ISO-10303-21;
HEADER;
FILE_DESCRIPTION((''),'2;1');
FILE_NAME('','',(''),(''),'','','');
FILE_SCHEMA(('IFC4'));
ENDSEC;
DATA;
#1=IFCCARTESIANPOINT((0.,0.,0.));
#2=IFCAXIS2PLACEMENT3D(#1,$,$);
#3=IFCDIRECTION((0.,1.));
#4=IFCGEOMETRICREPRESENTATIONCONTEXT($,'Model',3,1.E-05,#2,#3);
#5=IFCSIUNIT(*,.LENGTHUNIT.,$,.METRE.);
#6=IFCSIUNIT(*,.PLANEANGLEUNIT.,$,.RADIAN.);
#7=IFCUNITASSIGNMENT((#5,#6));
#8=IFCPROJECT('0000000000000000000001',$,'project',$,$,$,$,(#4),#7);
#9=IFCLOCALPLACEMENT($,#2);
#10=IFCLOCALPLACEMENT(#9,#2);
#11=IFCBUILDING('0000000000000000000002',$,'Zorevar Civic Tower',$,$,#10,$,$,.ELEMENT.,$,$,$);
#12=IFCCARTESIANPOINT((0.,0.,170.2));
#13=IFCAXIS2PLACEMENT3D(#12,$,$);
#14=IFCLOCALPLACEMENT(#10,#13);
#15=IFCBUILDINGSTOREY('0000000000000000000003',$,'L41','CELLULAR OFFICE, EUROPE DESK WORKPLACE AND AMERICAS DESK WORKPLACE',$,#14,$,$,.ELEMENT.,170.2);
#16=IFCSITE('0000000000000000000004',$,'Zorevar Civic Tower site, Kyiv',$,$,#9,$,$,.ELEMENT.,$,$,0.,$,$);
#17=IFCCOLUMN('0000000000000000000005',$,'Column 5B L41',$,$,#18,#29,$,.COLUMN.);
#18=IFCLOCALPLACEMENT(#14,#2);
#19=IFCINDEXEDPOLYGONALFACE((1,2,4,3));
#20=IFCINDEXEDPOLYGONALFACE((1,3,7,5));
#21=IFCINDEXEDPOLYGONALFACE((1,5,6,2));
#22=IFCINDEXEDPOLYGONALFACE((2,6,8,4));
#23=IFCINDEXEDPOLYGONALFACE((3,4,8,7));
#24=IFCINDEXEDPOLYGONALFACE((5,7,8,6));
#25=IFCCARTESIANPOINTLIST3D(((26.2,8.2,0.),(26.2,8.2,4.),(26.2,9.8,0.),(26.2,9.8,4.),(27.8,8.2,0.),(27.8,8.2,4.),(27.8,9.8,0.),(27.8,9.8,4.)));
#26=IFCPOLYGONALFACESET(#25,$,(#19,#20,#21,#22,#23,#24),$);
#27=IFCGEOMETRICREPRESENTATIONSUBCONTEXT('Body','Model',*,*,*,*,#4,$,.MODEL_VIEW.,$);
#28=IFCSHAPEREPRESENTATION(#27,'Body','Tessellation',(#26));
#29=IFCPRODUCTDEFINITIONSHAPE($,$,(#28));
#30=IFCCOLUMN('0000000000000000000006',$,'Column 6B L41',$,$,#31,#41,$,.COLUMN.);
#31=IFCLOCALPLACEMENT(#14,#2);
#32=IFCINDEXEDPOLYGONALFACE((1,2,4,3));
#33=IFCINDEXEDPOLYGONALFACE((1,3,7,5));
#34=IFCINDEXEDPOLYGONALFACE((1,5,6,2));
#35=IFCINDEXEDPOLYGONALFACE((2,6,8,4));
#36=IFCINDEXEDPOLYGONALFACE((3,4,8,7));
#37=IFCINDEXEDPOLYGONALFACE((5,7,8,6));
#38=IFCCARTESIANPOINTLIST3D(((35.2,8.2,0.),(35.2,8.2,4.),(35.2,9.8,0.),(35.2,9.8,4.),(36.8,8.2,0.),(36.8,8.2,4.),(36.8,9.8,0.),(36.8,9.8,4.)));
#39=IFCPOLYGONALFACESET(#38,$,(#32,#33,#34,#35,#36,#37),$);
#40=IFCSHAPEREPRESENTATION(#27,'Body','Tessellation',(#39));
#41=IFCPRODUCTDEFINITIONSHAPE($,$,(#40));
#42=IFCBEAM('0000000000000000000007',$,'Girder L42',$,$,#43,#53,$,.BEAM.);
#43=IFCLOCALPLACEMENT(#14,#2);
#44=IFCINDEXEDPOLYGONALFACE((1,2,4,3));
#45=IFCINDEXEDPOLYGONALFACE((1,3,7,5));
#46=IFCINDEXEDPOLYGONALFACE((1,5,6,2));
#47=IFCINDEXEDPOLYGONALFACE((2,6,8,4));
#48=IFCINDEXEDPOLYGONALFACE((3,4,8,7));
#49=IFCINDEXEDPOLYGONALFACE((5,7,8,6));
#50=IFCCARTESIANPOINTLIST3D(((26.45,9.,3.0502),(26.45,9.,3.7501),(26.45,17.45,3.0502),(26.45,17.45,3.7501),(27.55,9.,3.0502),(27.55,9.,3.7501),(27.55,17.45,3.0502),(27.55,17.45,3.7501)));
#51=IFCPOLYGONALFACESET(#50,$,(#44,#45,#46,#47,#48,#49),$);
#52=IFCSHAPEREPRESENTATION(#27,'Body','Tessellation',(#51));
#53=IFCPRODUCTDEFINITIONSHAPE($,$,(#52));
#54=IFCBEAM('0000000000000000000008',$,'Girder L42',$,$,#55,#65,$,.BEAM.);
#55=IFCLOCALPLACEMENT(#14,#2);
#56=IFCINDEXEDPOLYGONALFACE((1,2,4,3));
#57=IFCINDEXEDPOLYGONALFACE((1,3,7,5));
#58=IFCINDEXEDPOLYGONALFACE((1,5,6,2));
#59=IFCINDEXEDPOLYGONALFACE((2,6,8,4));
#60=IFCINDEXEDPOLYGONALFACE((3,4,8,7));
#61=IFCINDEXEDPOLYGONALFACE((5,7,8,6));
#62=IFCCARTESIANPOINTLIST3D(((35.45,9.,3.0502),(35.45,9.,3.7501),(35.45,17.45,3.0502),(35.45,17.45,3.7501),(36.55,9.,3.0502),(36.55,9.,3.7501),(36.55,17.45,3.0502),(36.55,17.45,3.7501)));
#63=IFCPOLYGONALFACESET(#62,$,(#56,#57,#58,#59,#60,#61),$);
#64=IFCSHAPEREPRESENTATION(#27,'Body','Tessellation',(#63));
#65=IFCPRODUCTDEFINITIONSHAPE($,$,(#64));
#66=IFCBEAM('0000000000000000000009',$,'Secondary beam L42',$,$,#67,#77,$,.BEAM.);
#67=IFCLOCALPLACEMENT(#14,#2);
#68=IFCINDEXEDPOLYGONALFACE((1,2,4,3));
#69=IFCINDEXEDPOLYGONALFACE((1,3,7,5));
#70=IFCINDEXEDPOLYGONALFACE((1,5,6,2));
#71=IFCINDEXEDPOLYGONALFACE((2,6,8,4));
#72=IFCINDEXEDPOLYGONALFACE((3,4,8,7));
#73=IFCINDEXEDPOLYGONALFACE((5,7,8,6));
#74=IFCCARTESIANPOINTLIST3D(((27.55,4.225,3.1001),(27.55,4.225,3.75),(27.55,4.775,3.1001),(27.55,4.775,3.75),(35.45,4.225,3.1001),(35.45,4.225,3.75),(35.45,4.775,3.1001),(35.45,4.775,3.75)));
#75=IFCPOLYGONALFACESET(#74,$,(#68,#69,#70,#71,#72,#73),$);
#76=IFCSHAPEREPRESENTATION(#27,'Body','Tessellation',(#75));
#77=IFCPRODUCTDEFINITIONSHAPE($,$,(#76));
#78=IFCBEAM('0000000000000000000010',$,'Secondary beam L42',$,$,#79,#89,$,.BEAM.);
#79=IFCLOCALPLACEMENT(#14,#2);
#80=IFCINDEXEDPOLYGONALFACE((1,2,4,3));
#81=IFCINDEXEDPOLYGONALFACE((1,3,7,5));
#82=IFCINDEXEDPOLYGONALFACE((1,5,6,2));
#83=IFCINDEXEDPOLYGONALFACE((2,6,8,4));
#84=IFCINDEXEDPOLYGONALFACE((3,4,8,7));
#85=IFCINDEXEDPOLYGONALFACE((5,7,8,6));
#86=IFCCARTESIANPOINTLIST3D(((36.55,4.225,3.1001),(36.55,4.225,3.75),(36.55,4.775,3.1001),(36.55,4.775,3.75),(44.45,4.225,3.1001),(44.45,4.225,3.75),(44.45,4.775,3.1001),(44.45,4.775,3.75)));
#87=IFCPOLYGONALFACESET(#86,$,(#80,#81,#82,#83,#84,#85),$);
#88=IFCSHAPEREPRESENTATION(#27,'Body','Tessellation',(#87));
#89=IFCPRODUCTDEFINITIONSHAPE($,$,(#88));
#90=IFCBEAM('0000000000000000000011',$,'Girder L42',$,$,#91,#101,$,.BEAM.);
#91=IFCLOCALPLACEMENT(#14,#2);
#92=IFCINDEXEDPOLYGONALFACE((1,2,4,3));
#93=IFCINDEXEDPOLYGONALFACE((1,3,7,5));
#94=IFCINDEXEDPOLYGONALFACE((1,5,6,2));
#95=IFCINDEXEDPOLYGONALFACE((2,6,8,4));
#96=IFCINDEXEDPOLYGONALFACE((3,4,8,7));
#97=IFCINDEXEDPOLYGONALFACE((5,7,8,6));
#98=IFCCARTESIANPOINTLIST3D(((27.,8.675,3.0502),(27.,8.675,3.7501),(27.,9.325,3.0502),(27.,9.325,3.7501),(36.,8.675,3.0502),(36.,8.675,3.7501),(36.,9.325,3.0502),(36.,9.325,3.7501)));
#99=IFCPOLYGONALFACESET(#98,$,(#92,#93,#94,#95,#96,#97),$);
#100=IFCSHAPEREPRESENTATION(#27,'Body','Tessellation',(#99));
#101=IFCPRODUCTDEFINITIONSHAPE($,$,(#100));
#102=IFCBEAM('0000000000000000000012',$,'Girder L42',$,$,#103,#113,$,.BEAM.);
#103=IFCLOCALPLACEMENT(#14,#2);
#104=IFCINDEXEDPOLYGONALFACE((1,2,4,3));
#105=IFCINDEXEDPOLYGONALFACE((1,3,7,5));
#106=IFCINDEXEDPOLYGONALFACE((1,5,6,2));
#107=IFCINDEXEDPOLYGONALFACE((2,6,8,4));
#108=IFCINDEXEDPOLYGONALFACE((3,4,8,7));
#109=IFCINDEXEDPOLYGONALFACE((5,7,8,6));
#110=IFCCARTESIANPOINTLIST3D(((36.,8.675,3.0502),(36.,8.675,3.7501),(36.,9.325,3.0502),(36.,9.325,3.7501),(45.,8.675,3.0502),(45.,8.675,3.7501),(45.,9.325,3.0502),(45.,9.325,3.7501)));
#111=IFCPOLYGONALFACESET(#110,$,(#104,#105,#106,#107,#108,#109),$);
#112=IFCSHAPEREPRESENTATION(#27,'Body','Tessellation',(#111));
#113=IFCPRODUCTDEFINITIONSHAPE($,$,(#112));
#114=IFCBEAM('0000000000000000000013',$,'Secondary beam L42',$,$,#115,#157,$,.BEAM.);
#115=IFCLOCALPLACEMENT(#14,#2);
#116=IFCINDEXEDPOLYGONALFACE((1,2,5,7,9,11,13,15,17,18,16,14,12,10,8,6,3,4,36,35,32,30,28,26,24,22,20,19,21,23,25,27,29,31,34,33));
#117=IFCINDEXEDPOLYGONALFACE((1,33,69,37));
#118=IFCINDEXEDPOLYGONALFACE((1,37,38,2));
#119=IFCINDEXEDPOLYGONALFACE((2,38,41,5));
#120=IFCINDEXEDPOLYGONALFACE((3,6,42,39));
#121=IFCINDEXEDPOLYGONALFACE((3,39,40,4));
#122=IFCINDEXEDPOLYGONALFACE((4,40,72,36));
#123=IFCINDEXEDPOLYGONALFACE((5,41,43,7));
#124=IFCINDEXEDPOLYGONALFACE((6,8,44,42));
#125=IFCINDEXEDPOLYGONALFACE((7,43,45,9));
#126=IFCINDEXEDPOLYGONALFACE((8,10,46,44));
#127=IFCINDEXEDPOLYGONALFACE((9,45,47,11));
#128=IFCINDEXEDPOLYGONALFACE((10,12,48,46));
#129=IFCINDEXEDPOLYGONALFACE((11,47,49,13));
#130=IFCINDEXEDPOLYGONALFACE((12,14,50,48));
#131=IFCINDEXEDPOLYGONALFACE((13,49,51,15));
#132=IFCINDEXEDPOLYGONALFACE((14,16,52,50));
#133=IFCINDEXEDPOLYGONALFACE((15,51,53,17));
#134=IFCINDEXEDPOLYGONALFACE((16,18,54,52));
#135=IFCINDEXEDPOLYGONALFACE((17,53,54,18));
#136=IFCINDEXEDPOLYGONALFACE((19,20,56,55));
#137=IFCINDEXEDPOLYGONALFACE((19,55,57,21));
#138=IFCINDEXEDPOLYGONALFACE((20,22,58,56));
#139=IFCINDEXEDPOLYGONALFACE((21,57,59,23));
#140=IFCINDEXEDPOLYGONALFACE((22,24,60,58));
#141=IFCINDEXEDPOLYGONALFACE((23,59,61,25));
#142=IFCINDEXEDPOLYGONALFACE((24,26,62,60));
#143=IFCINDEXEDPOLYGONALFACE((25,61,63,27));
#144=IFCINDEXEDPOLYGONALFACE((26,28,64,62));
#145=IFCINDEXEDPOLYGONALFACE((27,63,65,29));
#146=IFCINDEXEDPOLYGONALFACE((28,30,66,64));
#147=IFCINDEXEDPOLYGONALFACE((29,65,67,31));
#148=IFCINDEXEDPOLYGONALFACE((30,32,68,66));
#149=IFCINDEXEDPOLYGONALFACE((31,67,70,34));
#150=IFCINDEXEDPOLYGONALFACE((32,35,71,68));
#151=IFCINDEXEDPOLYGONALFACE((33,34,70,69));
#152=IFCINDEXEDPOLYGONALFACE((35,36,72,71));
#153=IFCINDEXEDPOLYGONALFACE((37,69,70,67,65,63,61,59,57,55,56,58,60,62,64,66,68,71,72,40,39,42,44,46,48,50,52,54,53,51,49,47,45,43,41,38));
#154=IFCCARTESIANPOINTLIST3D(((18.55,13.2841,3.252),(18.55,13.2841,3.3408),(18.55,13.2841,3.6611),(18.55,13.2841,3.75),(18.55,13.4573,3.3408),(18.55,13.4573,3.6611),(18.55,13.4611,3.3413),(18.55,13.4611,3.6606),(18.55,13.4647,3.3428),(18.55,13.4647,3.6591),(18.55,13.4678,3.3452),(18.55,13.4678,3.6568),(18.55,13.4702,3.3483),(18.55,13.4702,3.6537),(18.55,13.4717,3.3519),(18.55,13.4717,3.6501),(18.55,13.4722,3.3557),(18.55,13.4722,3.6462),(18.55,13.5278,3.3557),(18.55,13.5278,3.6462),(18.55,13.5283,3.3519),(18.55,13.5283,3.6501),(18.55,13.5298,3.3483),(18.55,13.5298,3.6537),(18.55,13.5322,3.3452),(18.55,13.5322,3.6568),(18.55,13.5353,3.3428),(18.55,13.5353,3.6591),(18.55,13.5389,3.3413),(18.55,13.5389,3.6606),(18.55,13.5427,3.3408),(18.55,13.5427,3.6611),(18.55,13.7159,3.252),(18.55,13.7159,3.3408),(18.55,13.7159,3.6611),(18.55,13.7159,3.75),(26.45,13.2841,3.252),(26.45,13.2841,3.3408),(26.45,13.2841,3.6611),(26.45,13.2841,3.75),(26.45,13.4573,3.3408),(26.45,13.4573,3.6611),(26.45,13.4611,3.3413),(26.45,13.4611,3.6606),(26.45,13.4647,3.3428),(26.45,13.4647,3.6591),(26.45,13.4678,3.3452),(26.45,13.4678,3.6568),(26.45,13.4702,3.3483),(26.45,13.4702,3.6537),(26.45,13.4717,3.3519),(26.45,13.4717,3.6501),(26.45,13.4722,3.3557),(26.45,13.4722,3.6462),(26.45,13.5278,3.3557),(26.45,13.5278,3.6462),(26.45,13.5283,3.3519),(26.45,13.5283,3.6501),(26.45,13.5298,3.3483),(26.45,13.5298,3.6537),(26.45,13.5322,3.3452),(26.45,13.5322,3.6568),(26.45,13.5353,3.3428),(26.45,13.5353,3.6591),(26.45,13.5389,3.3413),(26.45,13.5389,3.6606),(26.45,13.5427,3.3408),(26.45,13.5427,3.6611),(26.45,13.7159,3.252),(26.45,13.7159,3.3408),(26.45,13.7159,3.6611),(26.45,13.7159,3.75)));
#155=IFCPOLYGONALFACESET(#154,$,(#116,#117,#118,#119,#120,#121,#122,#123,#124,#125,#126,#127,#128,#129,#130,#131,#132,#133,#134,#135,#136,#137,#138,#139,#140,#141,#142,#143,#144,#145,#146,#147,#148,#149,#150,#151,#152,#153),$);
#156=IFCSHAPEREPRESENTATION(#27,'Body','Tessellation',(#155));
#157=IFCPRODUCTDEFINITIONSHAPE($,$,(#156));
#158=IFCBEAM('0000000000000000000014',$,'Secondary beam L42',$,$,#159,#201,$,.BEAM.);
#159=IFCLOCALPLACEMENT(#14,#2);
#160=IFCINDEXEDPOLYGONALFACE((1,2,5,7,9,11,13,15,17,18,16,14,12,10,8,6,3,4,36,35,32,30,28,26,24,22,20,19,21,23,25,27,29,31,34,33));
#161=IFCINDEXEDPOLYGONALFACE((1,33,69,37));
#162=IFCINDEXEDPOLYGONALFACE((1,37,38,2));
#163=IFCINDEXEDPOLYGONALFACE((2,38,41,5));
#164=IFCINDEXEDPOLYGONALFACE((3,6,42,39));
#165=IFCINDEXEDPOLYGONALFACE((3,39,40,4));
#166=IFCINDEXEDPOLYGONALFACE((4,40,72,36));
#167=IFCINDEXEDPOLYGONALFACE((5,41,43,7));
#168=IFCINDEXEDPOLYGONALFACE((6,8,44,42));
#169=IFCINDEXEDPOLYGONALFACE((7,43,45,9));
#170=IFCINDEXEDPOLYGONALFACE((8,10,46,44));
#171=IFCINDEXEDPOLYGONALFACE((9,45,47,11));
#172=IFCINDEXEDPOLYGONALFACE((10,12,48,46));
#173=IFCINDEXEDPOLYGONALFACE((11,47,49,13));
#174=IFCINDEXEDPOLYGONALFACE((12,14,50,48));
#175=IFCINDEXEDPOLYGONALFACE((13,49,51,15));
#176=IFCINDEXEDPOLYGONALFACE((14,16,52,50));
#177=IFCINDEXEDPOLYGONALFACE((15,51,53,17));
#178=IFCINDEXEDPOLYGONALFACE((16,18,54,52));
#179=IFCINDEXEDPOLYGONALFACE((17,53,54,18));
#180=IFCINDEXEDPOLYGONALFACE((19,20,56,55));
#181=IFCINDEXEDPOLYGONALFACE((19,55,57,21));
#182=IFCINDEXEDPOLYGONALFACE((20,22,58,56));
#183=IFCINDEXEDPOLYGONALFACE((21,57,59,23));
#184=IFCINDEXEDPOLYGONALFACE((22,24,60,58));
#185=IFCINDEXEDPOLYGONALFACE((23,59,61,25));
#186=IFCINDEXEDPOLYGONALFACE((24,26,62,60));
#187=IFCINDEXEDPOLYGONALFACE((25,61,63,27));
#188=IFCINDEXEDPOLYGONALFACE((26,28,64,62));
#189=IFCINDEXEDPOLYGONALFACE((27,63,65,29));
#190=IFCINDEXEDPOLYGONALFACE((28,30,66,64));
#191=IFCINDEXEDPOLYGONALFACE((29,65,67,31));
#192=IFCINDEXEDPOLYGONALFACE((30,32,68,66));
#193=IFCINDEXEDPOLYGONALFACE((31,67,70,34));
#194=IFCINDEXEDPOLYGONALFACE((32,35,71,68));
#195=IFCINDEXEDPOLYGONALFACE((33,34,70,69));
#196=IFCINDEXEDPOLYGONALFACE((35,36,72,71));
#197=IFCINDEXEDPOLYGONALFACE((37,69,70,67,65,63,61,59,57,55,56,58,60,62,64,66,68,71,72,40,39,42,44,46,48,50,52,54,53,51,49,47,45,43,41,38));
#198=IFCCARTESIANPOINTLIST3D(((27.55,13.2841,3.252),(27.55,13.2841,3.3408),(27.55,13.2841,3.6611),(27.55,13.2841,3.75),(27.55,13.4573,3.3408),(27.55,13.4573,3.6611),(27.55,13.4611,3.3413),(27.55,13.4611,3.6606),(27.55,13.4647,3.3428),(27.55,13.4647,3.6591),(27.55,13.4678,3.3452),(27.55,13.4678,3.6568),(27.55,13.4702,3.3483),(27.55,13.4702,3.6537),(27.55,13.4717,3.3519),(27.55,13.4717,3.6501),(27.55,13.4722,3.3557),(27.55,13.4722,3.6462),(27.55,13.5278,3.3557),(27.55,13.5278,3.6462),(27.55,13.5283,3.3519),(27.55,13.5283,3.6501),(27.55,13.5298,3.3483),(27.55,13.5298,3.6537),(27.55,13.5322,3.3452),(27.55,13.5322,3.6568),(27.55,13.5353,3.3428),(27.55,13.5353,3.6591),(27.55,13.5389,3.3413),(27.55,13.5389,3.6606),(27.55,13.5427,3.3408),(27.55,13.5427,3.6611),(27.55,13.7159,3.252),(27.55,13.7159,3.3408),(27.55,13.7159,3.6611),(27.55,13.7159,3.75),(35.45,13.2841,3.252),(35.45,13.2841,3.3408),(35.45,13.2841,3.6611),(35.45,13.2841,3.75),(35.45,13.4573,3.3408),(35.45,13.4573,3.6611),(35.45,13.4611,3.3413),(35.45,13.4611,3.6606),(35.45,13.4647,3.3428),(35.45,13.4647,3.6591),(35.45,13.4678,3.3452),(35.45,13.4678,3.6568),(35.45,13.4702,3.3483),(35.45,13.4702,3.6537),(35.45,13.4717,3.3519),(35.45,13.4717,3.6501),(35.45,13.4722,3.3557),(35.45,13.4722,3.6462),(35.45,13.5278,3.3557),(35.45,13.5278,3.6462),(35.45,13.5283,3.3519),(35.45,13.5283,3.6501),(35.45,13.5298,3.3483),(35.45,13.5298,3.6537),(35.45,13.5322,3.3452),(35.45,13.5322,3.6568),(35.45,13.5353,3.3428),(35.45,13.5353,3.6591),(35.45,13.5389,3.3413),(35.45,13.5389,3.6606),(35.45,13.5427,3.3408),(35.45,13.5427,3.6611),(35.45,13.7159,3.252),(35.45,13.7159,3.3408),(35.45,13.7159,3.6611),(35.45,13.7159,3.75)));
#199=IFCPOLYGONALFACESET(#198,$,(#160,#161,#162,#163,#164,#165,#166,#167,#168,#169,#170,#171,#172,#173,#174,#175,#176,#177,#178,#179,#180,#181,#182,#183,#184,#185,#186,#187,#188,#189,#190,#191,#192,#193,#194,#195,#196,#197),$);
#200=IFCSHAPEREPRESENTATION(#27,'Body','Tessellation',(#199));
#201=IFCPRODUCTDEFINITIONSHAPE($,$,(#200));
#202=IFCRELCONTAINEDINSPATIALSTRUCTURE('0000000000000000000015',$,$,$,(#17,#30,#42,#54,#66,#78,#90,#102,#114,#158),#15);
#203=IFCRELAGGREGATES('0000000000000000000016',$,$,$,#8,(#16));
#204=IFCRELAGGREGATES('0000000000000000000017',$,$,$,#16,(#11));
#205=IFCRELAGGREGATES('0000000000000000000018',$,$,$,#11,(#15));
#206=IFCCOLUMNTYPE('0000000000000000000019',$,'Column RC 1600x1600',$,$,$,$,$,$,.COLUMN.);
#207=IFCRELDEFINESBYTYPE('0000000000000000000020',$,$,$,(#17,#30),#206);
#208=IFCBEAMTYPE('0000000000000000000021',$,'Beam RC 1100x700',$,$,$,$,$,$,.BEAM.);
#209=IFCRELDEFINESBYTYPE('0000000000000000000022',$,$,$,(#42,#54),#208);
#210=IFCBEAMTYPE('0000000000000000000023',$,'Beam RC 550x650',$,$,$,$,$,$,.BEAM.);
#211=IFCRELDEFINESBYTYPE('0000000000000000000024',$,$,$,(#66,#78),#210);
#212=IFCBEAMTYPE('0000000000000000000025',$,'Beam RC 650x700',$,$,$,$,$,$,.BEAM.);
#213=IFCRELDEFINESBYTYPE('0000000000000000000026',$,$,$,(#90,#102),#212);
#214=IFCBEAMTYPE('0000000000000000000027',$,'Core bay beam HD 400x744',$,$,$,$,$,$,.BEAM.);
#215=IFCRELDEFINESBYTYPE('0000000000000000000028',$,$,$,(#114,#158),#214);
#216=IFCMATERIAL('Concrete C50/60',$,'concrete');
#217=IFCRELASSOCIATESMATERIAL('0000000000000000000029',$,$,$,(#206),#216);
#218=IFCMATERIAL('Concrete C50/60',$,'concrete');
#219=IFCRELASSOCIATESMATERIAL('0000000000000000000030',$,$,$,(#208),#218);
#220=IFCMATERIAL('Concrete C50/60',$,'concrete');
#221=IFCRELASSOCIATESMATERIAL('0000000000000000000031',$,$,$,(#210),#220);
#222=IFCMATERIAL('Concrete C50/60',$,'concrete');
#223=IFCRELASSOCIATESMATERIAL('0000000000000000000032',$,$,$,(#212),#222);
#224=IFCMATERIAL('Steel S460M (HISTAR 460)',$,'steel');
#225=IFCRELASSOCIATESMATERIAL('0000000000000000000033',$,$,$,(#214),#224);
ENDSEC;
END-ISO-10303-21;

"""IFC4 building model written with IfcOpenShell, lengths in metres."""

from ifc_helpers import new_model, si_unit, direction, frame, origin, origin_2d, place, context, subcontext, project, spatial, rectangle, i_section, extrude, material, material_profile, profile_set, type_object, element, save


model = new_model("IFC4")

# Units and contexts
model_context = context("Model", 3, precision=1e-05, world=origin(), true_north=direction((0.0, 1.0)))
body_context = subcontext(model_context, "Body", "Model", "MODEL_VIEW")
ifc_project = project(units=[si_unit("LENGTHUNIT", "METRE"), si_unit("PLANEANGLEUNIT", "RADIAN")], contexts=[model_context])

# Site, building, storey
site_placement = place(None, origin())
site = spatial("IfcSite", under=ifc_project, at=site_placement, Name="Zorevar Civic Tower site, Kyiv", CompositionType="ELEMENT", RefElevation=0.0)
building_placement = place(site_placement, origin())
building = spatial("IfcBuilding", under=site, at=building_placement, Name="Zorevar Civic Tower", CompositionType="ELEMENT")
storey_placement = place(building_placement, frame((0.0, 0.0, 170.2)))
storey = spatial("IfcBuildingStorey", under=building, at=storey_placement, Name="L41", Description="CELLULAR OFFICE, EUROPE DESK WORKPLACE AND AMERICAS DESK WORKPLACE", CompositionType="ELEMENT", Elevation=170.2)

# Columns
ifc_material_1 = material(Name="Concrete C50/60", Category="concrete")
ifc_material_profile_1 = material_profile(ifc_material_1, rectangle(XDim=1.6001, YDim=1.6001, at=origin_2d()), Name="RC 1600x1600")
ifc_profile_set_1 = profile_set([ifc_material_profile_1], Name="Concrete C50/60")
column_type = type_object("IfcColumnType", Name="Column RC 1600x1600", PredefinedType="COLUMN", material=ifc_profile_set_1)
for number, where, z_axis, x_axis, name in (
    (1, (27.0, 9.0, 0.0), (0.0, 0.0, 1.0), (1.0, 0.0, 0.0), "Column 5B L41"),
    (2, (36.0, 9.0, 0.0), (0.0, 0.0, 1.0), (1.0, 0.0, 0.0), "Column 6B L41"),
):
    element("IfcColumn", number, at=place(storey_placement, frame(where, z_axis=z_axis, x_axis=x_axis)), inside=storey, type_object=column_type, Name=name, PredefinedType="COLUMN", context=body_context, shape_type="SweptSolid", body=[
        extrude(rectangle(XDim=1.6001, YDim=1.6001, at=origin_2d()), origin(), (0.0, 0.0, 1.0), 4.0),
    ])

# Beams
ifc_material_2 = material(Name="Concrete C50/60", Category="concrete")
ifc_material_profile_2 = material_profile(ifc_material_2, rectangle(XDim=1.1001, YDim=0.7, at=origin_2d()), Name="RC 1100x700")
ifc_profile_set_2 = profile_set([ifc_material_profile_2], Name="Concrete C50/60")
beam_type_1 = type_object("IfcBeamType", Name="Beam RC 1100x700", PredefinedType="BEAM", material=ifc_profile_set_2)
for number, where, z_axis, x_axis, name in (
    (3, (27.0, 9.0, 3.4001), (0.0, 1.0, 0.0), (-1.0, 0.0, 0.0), "Girder L42"),
    (4, (36.0, 9.0, 3.4001), (0.0, 1.0, 0.0), (-1.0, 0.0, 0.0), "Girder L42"),
):
    element("IfcBeam", number, at=place(storey_placement, frame(where, z_axis=z_axis, x_axis=x_axis)), inside=storey, type_object=beam_type_1, Name=name, PredefinedType="BEAM", context=body_context, shape_type="SweptSolid", body=[
        extrude(rectangle(XDim=1.1001, YDim=0.7, at=origin_2d()), origin(), (0.0, 0.0, 1.0), 8.45),
    ])
ifc_material_3 = material(Name="Concrete C50/60", Category="concrete")
ifc_material_profile_3 = material_profile(ifc_material_3, rectangle(XDim=0.55, YDim=0.6499, at=origin_2d()), Name="RC 550x650")
ifc_profile_set_3 = profile_set([ifc_material_profile_3], Name="Concrete C50/60")
beam_type_2 = type_object("IfcBeamType", Name="Beam RC 550x650", PredefinedType="BEAM", material=ifc_profile_set_3)
for number, where, z_axis, x_axis, name in (
    (5, (27.55, 4.5, 3.425), (1.0, 0.0, 0.0), (0.0, 1.0, 0.0), "Secondary beam L42"),
    (6, (36.55, 4.5, 3.425), (1.0, 0.0, 0.0), (0.0, 1.0, 0.0), "Secondary beam L42"),
):
    element("IfcBeam", number, at=place(storey_placement, frame(where, z_axis=z_axis, x_axis=x_axis)), inside=storey, type_object=beam_type_2, Name=name, PredefinedType="BEAM", context=body_context, shape_type="SweptSolid", body=[
        extrude(rectangle(XDim=0.55, YDim=0.6499, at=origin_2d()), origin(), (0.0, 0.0, 1.0), 7.8999),
    ])
ifc_material_4 = material(Name="Concrete C50/60", Category="concrete")
ifc_material_profile_4 = material_profile(ifc_material_4, rectangle(XDim=0.6499, YDim=0.7, at=origin_2d()), Name="RC 650x700")
ifc_profile_set_4 = profile_set([ifc_material_profile_4], Name="Concrete C50/60")
beam_type_3 = type_object("IfcBeamType", Name="Beam RC 650x700", PredefinedType="BEAM", material=ifc_profile_set_4)
for number, where, z_axis, x_axis, name in (
    (7, (27.0, 9.0, 3.4001), (1.0, 0.0, 0.0), (0.0, 1.0, 0.0), "Girder L42"),
    (8, (36.0, 9.0, 3.4001), (1.0, 0.0, 0.0), (0.0, 1.0, 0.0), "Girder L42"),
):
    element("IfcBeam", number, at=place(storey_placement, frame(where, z_axis=z_axis, x_axis=x_axis)), inside=storey, type_object=beam_type_3, Name=name, PredefinedType="BEAM", context=body_context, shape_type="SweptSolid", body=[
        extrude(rectangle(XDim=0.6499, YDim=0.7, at=origin_2d()), origin(), (0.0, 0.0, 1.0), 9.0),
    ])
ifc_material_5 = material(Name="Steel S460M (HISTAR 460)", Category="steel")
ifc_material_profile_5 = material_profile(ifc_material_5, i_section(OverallWidth=0.4319, OverallDepth=0.498, WebThickness=0.0557, FlangeThickness=0.0889, FilletRadius=0.0149, at=origin_2d()), Name="HD 400x744")
ifc_profile_set_5 = profile_set([ifc_material_profile_5], Name="Steel S460M (HISTAR 460)")
beam_type_4 = type_object("IfcBeamType", Name="Core bay beam HD 400x744", PredefinedType="BEAM", material=ifc_profile_set_5)
for number, where, z_axis, x_axis, name in (
    (9, (18.55, 13.5, 3.501), (1.0, 0.0, 0.0), (0.0, 1.0, 0.0), "Secondary beam L42"),
    (10, (27.55, 13.5, 3.501), (1.0, 0.0, 0.0), (0.0, 1.0, 0.0), "Secondary beam L42"),
):
    element("IfcBeam", number, at=place(storey_placement, frame(where, z_axis=z_axis, x_axis=x_axis)), inside=storey, type_object=beam_type_4, Name=name, PredefinedType="BEAM", context=body_context, shape_type="SweptSolid", body=[
        extrude(i_section(OverallWidth=0.4319, OverallDepth=0.498, WebThickness=0.0557, FlangeThickness=0.0889, FilletRadius=0.0149, at=origin_2d()), origin(), (0.0, 0.0, 1.0), 7.8999),
    ])

save(model, "model.ifc")
